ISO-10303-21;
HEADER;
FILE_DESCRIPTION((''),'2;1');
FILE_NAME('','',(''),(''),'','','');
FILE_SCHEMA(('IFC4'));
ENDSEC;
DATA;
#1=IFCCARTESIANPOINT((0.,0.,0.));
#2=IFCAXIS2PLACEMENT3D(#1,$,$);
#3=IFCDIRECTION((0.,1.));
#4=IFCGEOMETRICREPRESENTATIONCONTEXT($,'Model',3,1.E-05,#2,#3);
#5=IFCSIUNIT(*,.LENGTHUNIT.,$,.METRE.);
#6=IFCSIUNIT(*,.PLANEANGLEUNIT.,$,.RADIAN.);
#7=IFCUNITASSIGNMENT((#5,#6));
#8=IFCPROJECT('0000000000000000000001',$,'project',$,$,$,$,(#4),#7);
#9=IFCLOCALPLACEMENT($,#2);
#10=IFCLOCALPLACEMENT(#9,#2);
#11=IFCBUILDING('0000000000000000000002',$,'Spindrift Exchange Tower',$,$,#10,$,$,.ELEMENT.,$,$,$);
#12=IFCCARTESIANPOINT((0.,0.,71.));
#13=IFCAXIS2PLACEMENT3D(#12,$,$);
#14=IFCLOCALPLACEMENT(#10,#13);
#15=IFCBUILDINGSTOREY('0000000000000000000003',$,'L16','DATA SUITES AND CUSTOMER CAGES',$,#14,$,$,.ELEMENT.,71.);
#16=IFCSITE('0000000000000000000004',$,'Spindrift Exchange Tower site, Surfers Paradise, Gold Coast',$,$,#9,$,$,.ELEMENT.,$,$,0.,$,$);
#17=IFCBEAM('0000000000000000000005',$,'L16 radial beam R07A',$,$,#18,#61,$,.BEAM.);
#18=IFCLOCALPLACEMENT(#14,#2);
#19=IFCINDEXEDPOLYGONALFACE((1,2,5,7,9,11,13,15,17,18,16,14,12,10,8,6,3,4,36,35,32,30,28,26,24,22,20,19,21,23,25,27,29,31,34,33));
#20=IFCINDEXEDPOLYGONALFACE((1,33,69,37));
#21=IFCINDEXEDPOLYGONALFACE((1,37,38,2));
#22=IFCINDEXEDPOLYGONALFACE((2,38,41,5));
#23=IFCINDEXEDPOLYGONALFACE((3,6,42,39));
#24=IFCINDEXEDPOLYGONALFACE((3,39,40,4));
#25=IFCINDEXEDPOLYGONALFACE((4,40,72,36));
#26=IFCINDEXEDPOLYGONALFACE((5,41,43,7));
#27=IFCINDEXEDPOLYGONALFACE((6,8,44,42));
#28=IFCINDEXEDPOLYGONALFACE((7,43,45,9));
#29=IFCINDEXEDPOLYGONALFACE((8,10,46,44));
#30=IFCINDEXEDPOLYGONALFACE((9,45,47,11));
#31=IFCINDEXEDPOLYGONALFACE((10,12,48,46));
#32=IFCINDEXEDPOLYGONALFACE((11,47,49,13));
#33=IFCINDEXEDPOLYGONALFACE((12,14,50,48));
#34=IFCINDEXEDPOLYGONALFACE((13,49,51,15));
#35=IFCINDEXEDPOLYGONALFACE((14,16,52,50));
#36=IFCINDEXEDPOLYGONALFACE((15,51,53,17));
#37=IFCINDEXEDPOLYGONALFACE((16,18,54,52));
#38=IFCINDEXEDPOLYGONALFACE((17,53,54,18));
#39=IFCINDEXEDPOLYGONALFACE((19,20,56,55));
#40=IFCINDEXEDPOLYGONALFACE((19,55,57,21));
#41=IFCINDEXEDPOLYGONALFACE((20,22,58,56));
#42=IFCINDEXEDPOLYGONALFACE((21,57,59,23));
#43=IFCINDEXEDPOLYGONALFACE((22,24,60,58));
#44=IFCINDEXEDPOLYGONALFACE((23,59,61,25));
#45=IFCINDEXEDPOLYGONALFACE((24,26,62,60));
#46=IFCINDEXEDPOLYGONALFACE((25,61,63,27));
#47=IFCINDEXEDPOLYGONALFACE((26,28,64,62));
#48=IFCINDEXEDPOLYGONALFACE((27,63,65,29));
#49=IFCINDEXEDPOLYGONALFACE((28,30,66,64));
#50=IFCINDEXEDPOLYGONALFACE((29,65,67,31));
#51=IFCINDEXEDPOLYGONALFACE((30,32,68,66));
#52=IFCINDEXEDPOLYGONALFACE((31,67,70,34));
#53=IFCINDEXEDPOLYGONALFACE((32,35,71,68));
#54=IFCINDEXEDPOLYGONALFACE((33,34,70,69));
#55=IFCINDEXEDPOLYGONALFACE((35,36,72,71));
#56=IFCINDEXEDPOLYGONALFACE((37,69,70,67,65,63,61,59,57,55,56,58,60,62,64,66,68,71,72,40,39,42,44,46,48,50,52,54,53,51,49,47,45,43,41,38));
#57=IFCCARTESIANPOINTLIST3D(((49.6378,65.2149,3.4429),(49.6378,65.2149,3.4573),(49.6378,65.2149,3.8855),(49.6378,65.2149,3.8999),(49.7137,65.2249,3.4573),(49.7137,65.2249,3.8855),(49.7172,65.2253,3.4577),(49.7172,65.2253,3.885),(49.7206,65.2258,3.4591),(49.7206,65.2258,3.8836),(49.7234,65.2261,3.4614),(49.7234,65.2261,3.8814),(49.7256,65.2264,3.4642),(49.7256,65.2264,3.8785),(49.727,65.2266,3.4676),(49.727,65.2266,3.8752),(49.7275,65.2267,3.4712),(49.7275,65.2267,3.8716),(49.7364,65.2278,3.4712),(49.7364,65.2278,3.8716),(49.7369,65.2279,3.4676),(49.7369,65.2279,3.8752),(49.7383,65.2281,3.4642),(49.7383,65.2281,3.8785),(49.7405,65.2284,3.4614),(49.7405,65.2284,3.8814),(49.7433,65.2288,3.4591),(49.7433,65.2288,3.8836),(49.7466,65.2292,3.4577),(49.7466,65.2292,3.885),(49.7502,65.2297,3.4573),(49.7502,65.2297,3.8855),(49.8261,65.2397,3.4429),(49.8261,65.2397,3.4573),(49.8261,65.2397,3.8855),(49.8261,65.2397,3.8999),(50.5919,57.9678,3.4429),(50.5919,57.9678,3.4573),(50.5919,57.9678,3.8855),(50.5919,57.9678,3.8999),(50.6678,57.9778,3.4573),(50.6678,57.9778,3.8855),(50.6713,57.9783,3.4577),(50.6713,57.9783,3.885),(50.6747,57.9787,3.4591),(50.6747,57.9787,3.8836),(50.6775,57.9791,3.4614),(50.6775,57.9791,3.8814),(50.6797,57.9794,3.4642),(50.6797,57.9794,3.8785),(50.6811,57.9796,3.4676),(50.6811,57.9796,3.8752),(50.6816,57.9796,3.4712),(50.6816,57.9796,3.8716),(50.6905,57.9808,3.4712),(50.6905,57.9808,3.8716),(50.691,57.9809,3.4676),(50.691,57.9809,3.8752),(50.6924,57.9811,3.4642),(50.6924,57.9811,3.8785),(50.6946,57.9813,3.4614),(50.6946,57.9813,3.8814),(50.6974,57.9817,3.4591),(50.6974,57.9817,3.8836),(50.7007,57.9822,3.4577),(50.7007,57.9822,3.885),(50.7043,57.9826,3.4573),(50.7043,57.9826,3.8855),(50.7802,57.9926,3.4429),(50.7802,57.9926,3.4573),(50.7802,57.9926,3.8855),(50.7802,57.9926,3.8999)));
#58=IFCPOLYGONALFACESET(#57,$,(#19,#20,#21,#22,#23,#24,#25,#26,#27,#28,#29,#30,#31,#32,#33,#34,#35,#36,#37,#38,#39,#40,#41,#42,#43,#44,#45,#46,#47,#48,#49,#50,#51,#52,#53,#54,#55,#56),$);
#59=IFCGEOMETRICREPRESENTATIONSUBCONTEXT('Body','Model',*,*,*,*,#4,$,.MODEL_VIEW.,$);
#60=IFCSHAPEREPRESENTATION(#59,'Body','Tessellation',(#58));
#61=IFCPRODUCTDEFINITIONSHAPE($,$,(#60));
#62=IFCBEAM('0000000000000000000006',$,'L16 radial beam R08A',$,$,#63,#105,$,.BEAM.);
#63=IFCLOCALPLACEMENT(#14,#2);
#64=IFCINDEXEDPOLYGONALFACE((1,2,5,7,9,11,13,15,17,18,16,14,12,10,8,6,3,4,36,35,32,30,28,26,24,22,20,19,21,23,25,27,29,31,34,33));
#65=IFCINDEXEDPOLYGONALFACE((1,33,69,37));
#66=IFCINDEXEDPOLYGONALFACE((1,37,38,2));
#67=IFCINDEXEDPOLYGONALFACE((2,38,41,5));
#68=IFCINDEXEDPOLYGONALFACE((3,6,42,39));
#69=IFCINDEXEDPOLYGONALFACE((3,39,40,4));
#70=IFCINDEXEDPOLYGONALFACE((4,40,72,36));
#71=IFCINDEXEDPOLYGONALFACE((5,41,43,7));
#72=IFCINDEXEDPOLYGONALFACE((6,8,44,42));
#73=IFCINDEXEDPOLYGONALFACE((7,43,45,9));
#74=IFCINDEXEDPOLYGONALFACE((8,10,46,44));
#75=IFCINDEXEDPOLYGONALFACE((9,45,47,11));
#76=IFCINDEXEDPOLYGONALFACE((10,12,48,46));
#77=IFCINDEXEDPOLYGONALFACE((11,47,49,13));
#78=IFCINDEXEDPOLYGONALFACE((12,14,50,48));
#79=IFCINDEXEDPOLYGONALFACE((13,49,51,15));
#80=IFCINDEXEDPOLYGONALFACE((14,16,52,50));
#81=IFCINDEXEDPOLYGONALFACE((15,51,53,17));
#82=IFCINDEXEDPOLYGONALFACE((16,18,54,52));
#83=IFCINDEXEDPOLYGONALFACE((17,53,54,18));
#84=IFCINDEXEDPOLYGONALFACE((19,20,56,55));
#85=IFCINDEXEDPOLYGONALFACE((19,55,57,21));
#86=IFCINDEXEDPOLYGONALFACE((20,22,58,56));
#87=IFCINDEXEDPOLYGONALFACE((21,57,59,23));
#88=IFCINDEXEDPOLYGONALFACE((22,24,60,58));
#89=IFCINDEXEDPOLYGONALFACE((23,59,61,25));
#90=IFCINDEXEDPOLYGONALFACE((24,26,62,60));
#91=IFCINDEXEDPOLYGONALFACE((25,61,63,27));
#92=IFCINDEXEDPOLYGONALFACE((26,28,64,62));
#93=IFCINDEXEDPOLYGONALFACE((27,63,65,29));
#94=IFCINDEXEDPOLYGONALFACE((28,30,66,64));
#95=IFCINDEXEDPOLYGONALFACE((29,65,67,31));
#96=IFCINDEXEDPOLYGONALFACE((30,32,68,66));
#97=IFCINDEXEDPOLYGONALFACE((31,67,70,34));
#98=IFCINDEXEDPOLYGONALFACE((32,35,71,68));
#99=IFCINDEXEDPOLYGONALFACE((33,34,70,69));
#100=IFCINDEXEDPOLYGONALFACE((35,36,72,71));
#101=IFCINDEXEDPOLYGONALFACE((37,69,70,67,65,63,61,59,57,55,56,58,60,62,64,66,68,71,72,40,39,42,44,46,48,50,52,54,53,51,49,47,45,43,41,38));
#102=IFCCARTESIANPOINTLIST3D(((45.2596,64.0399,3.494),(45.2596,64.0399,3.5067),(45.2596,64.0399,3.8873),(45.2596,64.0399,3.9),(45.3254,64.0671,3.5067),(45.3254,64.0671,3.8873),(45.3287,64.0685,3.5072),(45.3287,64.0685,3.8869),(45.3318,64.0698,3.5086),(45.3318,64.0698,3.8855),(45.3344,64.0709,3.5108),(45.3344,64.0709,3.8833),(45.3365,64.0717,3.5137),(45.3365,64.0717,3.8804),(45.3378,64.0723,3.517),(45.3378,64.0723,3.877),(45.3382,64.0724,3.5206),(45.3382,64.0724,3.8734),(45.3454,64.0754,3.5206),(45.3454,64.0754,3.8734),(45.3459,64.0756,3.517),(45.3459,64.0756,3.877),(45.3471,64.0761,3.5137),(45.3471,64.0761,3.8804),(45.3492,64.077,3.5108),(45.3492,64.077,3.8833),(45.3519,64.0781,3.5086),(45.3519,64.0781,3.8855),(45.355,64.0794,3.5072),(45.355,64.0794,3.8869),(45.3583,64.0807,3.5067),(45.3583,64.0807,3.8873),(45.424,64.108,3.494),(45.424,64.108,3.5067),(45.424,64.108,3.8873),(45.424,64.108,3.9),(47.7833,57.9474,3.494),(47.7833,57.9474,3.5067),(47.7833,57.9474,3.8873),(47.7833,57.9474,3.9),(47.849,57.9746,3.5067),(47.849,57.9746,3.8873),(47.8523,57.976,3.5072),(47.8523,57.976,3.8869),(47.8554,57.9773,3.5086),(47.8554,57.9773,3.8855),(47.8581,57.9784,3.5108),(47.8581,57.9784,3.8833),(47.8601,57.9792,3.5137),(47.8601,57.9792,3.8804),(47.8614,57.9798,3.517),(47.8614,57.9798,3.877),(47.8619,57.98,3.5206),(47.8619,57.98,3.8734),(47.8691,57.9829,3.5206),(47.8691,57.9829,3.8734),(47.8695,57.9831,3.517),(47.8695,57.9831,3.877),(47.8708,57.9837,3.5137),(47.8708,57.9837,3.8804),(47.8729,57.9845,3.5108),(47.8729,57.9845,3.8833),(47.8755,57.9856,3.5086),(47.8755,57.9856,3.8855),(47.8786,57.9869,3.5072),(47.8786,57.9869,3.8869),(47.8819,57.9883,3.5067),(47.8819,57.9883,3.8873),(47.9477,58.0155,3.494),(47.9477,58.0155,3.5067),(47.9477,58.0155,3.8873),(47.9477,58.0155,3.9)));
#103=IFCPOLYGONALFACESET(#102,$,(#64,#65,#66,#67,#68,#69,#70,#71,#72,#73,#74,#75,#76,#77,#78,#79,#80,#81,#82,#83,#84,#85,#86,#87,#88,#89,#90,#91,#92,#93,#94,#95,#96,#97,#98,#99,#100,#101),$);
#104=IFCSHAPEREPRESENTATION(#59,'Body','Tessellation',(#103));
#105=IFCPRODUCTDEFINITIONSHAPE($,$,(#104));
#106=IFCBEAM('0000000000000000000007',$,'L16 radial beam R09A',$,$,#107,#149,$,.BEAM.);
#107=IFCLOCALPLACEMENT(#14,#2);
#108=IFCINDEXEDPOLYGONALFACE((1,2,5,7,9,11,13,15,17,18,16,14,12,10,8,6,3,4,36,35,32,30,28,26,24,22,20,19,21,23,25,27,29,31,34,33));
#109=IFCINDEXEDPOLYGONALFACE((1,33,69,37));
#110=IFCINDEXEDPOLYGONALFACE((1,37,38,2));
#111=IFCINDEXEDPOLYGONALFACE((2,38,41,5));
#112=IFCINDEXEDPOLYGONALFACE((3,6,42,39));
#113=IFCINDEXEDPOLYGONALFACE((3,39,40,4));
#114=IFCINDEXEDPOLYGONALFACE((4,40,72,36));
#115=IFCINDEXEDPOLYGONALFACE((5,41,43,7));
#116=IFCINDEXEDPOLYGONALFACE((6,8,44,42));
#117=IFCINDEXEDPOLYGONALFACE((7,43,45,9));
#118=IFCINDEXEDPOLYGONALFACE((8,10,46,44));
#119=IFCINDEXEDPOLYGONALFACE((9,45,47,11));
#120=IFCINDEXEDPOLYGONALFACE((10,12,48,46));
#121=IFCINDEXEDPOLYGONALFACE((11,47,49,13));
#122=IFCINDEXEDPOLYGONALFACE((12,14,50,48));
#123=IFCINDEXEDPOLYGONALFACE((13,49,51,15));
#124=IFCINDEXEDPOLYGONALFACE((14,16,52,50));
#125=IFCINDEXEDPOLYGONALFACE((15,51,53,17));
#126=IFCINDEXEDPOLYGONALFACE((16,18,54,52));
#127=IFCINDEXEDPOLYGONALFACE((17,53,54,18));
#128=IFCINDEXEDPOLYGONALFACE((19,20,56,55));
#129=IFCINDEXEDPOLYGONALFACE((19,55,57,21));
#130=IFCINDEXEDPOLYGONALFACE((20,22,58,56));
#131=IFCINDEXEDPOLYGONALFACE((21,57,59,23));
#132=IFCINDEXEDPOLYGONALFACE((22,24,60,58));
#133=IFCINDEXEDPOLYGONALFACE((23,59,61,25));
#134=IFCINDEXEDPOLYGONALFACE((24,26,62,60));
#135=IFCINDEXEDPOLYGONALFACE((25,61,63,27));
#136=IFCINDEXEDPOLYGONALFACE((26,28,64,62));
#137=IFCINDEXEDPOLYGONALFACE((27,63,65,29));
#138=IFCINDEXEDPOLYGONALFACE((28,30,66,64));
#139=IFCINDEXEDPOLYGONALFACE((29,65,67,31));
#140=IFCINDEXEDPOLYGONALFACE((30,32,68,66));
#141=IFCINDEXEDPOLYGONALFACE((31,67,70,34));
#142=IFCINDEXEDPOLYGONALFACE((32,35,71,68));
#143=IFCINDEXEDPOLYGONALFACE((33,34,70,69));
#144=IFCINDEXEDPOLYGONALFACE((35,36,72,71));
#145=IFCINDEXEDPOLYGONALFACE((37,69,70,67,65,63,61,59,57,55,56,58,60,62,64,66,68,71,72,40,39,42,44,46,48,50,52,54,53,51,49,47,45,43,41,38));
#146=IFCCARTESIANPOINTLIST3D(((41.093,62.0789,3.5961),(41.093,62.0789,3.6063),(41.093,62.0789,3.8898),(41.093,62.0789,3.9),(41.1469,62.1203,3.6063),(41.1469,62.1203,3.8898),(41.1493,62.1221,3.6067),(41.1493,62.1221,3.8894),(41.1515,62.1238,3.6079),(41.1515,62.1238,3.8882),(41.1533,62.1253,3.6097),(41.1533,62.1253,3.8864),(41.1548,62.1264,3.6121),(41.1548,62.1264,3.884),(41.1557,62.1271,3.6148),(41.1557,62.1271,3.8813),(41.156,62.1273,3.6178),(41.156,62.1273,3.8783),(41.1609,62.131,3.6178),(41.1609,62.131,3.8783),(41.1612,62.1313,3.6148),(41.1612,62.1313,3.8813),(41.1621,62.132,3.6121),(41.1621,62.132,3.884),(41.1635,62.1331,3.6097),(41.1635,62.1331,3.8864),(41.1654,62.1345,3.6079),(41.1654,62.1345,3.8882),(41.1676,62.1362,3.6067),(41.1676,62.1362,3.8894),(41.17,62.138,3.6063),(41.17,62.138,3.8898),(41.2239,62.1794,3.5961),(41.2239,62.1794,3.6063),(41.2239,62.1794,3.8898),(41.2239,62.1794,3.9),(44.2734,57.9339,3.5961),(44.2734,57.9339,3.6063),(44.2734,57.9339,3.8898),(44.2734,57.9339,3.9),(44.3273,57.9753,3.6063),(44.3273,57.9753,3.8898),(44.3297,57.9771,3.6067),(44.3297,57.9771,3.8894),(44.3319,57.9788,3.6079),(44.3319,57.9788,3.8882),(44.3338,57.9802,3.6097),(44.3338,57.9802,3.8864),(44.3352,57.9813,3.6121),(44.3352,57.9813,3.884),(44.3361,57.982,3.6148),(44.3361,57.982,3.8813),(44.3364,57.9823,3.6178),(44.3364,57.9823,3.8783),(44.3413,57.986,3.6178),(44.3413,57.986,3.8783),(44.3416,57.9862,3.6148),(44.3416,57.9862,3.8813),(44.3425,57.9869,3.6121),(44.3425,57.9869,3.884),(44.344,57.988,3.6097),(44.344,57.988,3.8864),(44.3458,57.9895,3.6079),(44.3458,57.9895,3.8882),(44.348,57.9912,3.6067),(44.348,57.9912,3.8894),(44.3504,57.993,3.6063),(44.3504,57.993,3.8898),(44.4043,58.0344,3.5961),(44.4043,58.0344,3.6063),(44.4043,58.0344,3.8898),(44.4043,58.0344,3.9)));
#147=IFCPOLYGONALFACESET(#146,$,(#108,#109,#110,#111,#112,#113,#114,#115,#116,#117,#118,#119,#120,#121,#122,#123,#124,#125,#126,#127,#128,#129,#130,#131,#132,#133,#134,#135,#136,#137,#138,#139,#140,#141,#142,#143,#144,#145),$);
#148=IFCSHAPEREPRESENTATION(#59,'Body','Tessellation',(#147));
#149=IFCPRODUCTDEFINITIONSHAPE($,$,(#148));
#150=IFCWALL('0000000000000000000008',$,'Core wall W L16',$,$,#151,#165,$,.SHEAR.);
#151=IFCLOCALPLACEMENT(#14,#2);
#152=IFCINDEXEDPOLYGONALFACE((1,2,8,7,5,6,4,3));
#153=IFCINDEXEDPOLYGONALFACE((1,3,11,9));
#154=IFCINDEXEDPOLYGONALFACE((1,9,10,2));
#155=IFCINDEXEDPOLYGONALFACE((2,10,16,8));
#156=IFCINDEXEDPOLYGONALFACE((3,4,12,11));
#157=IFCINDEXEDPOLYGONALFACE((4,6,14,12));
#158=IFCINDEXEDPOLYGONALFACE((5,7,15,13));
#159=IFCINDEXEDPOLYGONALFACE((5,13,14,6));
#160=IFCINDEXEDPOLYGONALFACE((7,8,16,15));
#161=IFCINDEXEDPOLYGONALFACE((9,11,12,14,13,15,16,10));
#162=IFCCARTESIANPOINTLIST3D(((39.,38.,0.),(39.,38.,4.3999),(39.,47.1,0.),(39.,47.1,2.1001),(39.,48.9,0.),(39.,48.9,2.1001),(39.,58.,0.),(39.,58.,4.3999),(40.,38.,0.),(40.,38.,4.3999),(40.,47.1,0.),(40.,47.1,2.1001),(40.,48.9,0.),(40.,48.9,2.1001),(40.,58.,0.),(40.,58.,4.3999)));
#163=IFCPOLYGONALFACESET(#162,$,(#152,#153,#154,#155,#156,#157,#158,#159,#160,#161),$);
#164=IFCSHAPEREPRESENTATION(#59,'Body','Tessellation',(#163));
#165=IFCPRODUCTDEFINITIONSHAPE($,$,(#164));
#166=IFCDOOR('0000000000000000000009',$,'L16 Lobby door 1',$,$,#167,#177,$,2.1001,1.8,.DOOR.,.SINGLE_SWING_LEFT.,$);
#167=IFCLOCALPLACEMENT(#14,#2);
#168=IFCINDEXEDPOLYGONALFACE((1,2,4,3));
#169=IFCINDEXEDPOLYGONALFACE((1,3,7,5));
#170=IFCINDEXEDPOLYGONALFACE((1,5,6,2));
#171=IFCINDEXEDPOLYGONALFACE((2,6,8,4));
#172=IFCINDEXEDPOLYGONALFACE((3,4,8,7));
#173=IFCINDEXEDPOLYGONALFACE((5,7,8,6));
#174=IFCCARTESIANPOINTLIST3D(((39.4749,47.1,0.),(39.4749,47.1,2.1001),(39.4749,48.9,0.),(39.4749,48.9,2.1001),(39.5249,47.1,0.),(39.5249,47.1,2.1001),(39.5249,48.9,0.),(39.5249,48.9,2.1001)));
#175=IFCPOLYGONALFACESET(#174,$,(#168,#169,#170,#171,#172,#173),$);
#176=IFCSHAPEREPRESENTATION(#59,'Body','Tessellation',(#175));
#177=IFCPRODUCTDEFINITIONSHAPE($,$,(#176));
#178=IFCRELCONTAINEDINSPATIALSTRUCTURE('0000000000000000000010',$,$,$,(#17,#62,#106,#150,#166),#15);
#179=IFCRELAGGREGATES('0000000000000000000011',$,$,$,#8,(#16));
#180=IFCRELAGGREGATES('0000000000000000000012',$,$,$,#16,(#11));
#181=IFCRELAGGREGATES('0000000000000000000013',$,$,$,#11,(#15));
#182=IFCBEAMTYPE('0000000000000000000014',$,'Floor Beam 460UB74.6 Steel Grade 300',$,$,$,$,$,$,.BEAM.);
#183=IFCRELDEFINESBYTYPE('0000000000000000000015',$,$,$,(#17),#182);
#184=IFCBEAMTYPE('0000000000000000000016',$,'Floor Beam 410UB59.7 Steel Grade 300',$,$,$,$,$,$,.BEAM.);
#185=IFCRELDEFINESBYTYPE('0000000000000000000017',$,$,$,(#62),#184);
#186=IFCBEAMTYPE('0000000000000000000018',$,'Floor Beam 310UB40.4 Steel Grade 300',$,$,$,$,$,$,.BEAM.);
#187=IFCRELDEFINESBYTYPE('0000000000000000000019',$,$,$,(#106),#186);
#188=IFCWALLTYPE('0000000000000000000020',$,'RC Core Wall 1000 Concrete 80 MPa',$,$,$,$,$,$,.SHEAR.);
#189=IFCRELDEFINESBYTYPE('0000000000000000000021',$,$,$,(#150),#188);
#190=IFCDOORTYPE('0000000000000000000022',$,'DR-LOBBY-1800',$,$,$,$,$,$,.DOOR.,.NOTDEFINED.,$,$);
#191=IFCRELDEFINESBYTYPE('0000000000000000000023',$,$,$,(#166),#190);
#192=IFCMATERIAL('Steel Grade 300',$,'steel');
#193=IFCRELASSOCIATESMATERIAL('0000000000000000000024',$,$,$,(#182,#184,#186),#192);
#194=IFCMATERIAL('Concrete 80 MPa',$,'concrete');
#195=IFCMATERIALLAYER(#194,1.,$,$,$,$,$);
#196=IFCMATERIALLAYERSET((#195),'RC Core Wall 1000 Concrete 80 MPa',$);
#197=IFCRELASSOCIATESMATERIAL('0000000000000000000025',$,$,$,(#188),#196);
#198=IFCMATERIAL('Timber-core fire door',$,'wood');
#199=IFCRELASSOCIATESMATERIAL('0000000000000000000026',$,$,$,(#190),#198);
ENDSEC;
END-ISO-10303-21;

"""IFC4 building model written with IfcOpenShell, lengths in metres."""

from ifc_helpers import new_model, si_unit, direction, frame, frame_2d, origin, origin_2d, place, context, subcontext, project, spatial, rectangle, i_section, extrude, source, transform, mapped, material, layer, layer_set, material_profile, profile_set, type_object, element, fill, save


model = new_model("IFC4")

# Units and contexts
model_context = context("Model", 3, precision=1e-05, world=origin(), true_north=direction((0.0, 1.0)))
body_context = subcontext(model_context, "Body", "Model", "MODEL_VIEW")
ifc_project = project(units=[si_unit("LENGTHUNIT", "METRE"), si_unit("PLANEANGLEUNIT", "RADIAN")], contexts=[model_context])

# Site, building, storey
site_placement = place(None, origin())
site = spatial("IfcSite", under=ifc_project, at=site_placement, Name="Spindrift Exchange Tower site, Surfers Paradise, Gold Coast", CompositionType="ELEMENT", RefElevation=0.0)
building_placement = place(site_placement, origin())
building = spatial("IfcBuilding", under=site, at=building_placement, Name="Spindrift Exchange Tower", CompositionType="ELEMENT")
storey_placement = place(building_placement, frame((0.0, 0.0, 71.0)))
storey = spatial("IfcBuildingStorey", under=building, at=storey_placement, Name="L16", Description="DATA SUITES AND CUSTOMER CAGES", CompositionType="ELEMENT", Elevation=71.0)

# Beams
ifc_material_1 = material(Name="Steel Grade 300", Category="steel")
ifc_material_profile_1 = material_profile(ifc_material_1, i_section(OverallWidth=0.1899, OverallDepth=0.457, WebThickness=0.009, FlangeThickness=0.0144, FilletRadius=0.0139, at=origin_2d()), Name="460UB74.6")
ifc_profile_set_1 = profile_set([ifc_material_profile_1], Name="Steel Grade 300")
beam_type_1 = type_object("IfcBeamType", Name="Floor Beam 460UB74.6 Steel Grade 300", PredefinedType="BEAM", material=ifc_profile_set_1)
shared_shape_1 = source(origin(), body_context, "Body", "SweptSolid", [
    extrude(i_section(OverallWidth=0.1899, OverallDepth=0.457, WebThickness=0.009, FlangeThickness=0.0144, FilletRadius=0.0139, at=origin_2d()), origin(), (0.0, 0.0, 1.0), 7.3096),
])
beam_1_placement = place(storey_placement, frame((50.686, 57.9802, 3.6714), z_axis=(-0.130527, 0.991445, 0.0), x_axis=(-0.991445, -0.130527, 0.0)))
element("IfcBeam", 1, at=beam_1_placement, inside=storey, type_object=beam_type_1, Name="L16 radial beam R07A", PredefinedType="BEAM", context=body_context, shape_type="MappedRepresentation", body=[
    mapped(shared_shape_1, transform((0.0, 0.0, 0.0), scale=1.0)),
])
ifc_material_profile_2 = material_profile(ifc_material_1, i_section(OverallWidth=0.178, OverallDepth=0.406, WebThickness=0.0078, FlangeThickness=0.0127, FilletRadius=0.0139, at=origin_2d()), Name="410UB59.7")
ifc_profile_set_2 = profile_set([ifc_material_profile_2], Name="Steel Grade 300")
beam_type_2 = type_object("IfcBeamType", Name="Floor Beam 410UB59.7 Steel Grade 300", PredefinedType="BEAM", material=ifc_profile_set_2)
shared_shape_2 = source(origin(), body_context, "Body", "SweptSolid", [
    extrude(i_section(OverallWidth=0.178, OverallDepth=0.406, WebThickness=0.0078, FlangeThickness=0.0127, FilletRadius=0.0139, at=origin_2d()), origin(), (0.0, 0.0, 1.0), 6.5945),
])
beam_2_placement = place(storey_placement, frame((47.8655, 57.9814, 3.697), z_axis=(-0.382693, 0.923876, 0.0), x_axis=(-0.923876, -0.382693, 0.0)))
element("IfcBeam", 2, at=beam_2_placement, inside=storey, type_object=beam_type_2, Name="L16 radial beam R08A", PredefinedType="BEAM", context=body_context, shape_type="MappedRepresentation", body=[
    mapped(shared_shape_2, transform((0.0, 0.0, 0.0), scale=1.0)),
])
ifc_material_profile_3 = material_profile(ifc_material_1, i_section(OverallWidth=0.165, OverallDepth=0.304, WebThickness=0.0061, FlangeThickness=0.0103, FilletRadius=0.0115, at=origin_2d()), Name="310UB40.4")
ifc_profile_set_3 = profile_set([ifc_material_profile_3], Name="Steel Grade 300")
beam_type_3 = type_object("IfcBeamType", Name="Floor Beam 310UB40.4 Steel Grade 300", PredefinedType="BEAM", material=ifc_profile_set_3)
shared_shape_3 = source(origin(), body_context, "Body", "SweptSolid", [
    extrude(i_section(OverallWidth=0.165, OverallDepth=0.304, WebThickness=0.0061, FlangeThickness=0.0103, FilletRadius=0.0115, at=origin_2d()), origin(), (0.0, 0.0, 1.0), 5.2246),
])
beam_3_placement = place(storey_placement, frame((44.3389, 57.9841, 3.748), z_axis=(-0.608741, 0.793369, 0.0), x_axis=(-0.793369, -0.608741, 0.0)))
element("IfcBeam", 3, at=beam_3_placement, inside=storey, type_object=beam_type_3, Name="L16 radial beam R09A", PredefinedType="BEAM", context=body_context, shape_type="MappedRepresentation", body=[
    mapped(shared_shape_3, transform((0.0, 0.0, 0.0), scale=1.0)),
])

# Wall, opening, door
ifc_material_2 = material(Name="Concrete 80 MPa", Category="concrete")
ifc_layer_1 = layer(ifc_material_2, 1.0)
ifc_layer_set_1 = layer_set([ifc_layer_1], Name="RC Core Wall 1000 Concrete 80 MPa")
wall_type_1 = type_object("IfcWallType", Name="RC Core Wall 1000 Concrete 80 MPa", PredefinedType="SHEAR", material=ifc_layer_set_1)
wall_1_placement = place(storey_placement, frame((39.5, 58.0, 0.0), z_axis=(0.0, 0.0, 1.0), x_axis=(0.0, -1.0, 0.0)))
wall_1 = element("IfcWall", 4, at=wall_1_placement, inside=storey, type_object=wall_type_1, Name="Core wall W L16", PredefinedType="SHEAR", context=body_context, shape_type="SweptSolid", body=[
    extrude(rectangle(XDim=20.0, YDim=1.0, at=frame_2d((10.0, 0.0))), origin(), (0.0, 0.0, 1.0), 4.3999),
])
opening_1_placement = place(wall_1_placement, frame((9.1001, 0.0, 0.0)))
opening_1 = element("IfcOpeningElement", 5, at=opening_1_placement, cuts=wall_1, PredefinedType="OPENING", context=body_context, shape_type="SweptSolid", body=[
    extrude(rectangle(XDim=1.8, YDim=2.1001, at=frame_2d((0.8999, 1.05))), frame((0.0, 0.51, 0.0), z_axis=(0.0, -1.0, 0.0), x_axis=(1.0, 0.0, 0.0)), (0.0, 0.0, 1.0), 1.02),
])
ifc_material_3 = material(Name="Timber-core fire door", Category="wood")
door_type_1 = type_object("IfcDoorType", Name="DR-LOBBY-1800", OperationType="NOTDEFINED", PredefinedType="DOOR", material=ifc_material_3)
shared_shape_4 = source(origin(), body_context, "Body", "SweptSolid", [
    extrude(rectangle(XDim=1.8, YDim=2.1001, at=frame_2d((0.8999, 1.05))), frame((0.0, 0.0249, 0.0), z_axis=(0.0, -1.0, 0.0), x_axis=(1.0, 0.0, 0.0)), (0.0, 0.0, 1.0), 0.05),
])
door_1_placement = place(opening_1_placement, origin())
door_1 = element("IfcDoor", 6, at=door_1_placement, inside=storey, type_object=door_type_1, Name="L16 Lobby door 1", OperationType="SINGLE_SWING_LEFT", OverallHeight=2.1001, OverallWidth=1.8, PredefinedType="DOOR", context=body_context, shape_type="MappedRepresentation", body=[
    mapped(shared_shape_4, transform((0.0, 0.0, 0.0), scale=1.0)),
])
fill(opening_1, door_1)

save(model, "model.ifc")
